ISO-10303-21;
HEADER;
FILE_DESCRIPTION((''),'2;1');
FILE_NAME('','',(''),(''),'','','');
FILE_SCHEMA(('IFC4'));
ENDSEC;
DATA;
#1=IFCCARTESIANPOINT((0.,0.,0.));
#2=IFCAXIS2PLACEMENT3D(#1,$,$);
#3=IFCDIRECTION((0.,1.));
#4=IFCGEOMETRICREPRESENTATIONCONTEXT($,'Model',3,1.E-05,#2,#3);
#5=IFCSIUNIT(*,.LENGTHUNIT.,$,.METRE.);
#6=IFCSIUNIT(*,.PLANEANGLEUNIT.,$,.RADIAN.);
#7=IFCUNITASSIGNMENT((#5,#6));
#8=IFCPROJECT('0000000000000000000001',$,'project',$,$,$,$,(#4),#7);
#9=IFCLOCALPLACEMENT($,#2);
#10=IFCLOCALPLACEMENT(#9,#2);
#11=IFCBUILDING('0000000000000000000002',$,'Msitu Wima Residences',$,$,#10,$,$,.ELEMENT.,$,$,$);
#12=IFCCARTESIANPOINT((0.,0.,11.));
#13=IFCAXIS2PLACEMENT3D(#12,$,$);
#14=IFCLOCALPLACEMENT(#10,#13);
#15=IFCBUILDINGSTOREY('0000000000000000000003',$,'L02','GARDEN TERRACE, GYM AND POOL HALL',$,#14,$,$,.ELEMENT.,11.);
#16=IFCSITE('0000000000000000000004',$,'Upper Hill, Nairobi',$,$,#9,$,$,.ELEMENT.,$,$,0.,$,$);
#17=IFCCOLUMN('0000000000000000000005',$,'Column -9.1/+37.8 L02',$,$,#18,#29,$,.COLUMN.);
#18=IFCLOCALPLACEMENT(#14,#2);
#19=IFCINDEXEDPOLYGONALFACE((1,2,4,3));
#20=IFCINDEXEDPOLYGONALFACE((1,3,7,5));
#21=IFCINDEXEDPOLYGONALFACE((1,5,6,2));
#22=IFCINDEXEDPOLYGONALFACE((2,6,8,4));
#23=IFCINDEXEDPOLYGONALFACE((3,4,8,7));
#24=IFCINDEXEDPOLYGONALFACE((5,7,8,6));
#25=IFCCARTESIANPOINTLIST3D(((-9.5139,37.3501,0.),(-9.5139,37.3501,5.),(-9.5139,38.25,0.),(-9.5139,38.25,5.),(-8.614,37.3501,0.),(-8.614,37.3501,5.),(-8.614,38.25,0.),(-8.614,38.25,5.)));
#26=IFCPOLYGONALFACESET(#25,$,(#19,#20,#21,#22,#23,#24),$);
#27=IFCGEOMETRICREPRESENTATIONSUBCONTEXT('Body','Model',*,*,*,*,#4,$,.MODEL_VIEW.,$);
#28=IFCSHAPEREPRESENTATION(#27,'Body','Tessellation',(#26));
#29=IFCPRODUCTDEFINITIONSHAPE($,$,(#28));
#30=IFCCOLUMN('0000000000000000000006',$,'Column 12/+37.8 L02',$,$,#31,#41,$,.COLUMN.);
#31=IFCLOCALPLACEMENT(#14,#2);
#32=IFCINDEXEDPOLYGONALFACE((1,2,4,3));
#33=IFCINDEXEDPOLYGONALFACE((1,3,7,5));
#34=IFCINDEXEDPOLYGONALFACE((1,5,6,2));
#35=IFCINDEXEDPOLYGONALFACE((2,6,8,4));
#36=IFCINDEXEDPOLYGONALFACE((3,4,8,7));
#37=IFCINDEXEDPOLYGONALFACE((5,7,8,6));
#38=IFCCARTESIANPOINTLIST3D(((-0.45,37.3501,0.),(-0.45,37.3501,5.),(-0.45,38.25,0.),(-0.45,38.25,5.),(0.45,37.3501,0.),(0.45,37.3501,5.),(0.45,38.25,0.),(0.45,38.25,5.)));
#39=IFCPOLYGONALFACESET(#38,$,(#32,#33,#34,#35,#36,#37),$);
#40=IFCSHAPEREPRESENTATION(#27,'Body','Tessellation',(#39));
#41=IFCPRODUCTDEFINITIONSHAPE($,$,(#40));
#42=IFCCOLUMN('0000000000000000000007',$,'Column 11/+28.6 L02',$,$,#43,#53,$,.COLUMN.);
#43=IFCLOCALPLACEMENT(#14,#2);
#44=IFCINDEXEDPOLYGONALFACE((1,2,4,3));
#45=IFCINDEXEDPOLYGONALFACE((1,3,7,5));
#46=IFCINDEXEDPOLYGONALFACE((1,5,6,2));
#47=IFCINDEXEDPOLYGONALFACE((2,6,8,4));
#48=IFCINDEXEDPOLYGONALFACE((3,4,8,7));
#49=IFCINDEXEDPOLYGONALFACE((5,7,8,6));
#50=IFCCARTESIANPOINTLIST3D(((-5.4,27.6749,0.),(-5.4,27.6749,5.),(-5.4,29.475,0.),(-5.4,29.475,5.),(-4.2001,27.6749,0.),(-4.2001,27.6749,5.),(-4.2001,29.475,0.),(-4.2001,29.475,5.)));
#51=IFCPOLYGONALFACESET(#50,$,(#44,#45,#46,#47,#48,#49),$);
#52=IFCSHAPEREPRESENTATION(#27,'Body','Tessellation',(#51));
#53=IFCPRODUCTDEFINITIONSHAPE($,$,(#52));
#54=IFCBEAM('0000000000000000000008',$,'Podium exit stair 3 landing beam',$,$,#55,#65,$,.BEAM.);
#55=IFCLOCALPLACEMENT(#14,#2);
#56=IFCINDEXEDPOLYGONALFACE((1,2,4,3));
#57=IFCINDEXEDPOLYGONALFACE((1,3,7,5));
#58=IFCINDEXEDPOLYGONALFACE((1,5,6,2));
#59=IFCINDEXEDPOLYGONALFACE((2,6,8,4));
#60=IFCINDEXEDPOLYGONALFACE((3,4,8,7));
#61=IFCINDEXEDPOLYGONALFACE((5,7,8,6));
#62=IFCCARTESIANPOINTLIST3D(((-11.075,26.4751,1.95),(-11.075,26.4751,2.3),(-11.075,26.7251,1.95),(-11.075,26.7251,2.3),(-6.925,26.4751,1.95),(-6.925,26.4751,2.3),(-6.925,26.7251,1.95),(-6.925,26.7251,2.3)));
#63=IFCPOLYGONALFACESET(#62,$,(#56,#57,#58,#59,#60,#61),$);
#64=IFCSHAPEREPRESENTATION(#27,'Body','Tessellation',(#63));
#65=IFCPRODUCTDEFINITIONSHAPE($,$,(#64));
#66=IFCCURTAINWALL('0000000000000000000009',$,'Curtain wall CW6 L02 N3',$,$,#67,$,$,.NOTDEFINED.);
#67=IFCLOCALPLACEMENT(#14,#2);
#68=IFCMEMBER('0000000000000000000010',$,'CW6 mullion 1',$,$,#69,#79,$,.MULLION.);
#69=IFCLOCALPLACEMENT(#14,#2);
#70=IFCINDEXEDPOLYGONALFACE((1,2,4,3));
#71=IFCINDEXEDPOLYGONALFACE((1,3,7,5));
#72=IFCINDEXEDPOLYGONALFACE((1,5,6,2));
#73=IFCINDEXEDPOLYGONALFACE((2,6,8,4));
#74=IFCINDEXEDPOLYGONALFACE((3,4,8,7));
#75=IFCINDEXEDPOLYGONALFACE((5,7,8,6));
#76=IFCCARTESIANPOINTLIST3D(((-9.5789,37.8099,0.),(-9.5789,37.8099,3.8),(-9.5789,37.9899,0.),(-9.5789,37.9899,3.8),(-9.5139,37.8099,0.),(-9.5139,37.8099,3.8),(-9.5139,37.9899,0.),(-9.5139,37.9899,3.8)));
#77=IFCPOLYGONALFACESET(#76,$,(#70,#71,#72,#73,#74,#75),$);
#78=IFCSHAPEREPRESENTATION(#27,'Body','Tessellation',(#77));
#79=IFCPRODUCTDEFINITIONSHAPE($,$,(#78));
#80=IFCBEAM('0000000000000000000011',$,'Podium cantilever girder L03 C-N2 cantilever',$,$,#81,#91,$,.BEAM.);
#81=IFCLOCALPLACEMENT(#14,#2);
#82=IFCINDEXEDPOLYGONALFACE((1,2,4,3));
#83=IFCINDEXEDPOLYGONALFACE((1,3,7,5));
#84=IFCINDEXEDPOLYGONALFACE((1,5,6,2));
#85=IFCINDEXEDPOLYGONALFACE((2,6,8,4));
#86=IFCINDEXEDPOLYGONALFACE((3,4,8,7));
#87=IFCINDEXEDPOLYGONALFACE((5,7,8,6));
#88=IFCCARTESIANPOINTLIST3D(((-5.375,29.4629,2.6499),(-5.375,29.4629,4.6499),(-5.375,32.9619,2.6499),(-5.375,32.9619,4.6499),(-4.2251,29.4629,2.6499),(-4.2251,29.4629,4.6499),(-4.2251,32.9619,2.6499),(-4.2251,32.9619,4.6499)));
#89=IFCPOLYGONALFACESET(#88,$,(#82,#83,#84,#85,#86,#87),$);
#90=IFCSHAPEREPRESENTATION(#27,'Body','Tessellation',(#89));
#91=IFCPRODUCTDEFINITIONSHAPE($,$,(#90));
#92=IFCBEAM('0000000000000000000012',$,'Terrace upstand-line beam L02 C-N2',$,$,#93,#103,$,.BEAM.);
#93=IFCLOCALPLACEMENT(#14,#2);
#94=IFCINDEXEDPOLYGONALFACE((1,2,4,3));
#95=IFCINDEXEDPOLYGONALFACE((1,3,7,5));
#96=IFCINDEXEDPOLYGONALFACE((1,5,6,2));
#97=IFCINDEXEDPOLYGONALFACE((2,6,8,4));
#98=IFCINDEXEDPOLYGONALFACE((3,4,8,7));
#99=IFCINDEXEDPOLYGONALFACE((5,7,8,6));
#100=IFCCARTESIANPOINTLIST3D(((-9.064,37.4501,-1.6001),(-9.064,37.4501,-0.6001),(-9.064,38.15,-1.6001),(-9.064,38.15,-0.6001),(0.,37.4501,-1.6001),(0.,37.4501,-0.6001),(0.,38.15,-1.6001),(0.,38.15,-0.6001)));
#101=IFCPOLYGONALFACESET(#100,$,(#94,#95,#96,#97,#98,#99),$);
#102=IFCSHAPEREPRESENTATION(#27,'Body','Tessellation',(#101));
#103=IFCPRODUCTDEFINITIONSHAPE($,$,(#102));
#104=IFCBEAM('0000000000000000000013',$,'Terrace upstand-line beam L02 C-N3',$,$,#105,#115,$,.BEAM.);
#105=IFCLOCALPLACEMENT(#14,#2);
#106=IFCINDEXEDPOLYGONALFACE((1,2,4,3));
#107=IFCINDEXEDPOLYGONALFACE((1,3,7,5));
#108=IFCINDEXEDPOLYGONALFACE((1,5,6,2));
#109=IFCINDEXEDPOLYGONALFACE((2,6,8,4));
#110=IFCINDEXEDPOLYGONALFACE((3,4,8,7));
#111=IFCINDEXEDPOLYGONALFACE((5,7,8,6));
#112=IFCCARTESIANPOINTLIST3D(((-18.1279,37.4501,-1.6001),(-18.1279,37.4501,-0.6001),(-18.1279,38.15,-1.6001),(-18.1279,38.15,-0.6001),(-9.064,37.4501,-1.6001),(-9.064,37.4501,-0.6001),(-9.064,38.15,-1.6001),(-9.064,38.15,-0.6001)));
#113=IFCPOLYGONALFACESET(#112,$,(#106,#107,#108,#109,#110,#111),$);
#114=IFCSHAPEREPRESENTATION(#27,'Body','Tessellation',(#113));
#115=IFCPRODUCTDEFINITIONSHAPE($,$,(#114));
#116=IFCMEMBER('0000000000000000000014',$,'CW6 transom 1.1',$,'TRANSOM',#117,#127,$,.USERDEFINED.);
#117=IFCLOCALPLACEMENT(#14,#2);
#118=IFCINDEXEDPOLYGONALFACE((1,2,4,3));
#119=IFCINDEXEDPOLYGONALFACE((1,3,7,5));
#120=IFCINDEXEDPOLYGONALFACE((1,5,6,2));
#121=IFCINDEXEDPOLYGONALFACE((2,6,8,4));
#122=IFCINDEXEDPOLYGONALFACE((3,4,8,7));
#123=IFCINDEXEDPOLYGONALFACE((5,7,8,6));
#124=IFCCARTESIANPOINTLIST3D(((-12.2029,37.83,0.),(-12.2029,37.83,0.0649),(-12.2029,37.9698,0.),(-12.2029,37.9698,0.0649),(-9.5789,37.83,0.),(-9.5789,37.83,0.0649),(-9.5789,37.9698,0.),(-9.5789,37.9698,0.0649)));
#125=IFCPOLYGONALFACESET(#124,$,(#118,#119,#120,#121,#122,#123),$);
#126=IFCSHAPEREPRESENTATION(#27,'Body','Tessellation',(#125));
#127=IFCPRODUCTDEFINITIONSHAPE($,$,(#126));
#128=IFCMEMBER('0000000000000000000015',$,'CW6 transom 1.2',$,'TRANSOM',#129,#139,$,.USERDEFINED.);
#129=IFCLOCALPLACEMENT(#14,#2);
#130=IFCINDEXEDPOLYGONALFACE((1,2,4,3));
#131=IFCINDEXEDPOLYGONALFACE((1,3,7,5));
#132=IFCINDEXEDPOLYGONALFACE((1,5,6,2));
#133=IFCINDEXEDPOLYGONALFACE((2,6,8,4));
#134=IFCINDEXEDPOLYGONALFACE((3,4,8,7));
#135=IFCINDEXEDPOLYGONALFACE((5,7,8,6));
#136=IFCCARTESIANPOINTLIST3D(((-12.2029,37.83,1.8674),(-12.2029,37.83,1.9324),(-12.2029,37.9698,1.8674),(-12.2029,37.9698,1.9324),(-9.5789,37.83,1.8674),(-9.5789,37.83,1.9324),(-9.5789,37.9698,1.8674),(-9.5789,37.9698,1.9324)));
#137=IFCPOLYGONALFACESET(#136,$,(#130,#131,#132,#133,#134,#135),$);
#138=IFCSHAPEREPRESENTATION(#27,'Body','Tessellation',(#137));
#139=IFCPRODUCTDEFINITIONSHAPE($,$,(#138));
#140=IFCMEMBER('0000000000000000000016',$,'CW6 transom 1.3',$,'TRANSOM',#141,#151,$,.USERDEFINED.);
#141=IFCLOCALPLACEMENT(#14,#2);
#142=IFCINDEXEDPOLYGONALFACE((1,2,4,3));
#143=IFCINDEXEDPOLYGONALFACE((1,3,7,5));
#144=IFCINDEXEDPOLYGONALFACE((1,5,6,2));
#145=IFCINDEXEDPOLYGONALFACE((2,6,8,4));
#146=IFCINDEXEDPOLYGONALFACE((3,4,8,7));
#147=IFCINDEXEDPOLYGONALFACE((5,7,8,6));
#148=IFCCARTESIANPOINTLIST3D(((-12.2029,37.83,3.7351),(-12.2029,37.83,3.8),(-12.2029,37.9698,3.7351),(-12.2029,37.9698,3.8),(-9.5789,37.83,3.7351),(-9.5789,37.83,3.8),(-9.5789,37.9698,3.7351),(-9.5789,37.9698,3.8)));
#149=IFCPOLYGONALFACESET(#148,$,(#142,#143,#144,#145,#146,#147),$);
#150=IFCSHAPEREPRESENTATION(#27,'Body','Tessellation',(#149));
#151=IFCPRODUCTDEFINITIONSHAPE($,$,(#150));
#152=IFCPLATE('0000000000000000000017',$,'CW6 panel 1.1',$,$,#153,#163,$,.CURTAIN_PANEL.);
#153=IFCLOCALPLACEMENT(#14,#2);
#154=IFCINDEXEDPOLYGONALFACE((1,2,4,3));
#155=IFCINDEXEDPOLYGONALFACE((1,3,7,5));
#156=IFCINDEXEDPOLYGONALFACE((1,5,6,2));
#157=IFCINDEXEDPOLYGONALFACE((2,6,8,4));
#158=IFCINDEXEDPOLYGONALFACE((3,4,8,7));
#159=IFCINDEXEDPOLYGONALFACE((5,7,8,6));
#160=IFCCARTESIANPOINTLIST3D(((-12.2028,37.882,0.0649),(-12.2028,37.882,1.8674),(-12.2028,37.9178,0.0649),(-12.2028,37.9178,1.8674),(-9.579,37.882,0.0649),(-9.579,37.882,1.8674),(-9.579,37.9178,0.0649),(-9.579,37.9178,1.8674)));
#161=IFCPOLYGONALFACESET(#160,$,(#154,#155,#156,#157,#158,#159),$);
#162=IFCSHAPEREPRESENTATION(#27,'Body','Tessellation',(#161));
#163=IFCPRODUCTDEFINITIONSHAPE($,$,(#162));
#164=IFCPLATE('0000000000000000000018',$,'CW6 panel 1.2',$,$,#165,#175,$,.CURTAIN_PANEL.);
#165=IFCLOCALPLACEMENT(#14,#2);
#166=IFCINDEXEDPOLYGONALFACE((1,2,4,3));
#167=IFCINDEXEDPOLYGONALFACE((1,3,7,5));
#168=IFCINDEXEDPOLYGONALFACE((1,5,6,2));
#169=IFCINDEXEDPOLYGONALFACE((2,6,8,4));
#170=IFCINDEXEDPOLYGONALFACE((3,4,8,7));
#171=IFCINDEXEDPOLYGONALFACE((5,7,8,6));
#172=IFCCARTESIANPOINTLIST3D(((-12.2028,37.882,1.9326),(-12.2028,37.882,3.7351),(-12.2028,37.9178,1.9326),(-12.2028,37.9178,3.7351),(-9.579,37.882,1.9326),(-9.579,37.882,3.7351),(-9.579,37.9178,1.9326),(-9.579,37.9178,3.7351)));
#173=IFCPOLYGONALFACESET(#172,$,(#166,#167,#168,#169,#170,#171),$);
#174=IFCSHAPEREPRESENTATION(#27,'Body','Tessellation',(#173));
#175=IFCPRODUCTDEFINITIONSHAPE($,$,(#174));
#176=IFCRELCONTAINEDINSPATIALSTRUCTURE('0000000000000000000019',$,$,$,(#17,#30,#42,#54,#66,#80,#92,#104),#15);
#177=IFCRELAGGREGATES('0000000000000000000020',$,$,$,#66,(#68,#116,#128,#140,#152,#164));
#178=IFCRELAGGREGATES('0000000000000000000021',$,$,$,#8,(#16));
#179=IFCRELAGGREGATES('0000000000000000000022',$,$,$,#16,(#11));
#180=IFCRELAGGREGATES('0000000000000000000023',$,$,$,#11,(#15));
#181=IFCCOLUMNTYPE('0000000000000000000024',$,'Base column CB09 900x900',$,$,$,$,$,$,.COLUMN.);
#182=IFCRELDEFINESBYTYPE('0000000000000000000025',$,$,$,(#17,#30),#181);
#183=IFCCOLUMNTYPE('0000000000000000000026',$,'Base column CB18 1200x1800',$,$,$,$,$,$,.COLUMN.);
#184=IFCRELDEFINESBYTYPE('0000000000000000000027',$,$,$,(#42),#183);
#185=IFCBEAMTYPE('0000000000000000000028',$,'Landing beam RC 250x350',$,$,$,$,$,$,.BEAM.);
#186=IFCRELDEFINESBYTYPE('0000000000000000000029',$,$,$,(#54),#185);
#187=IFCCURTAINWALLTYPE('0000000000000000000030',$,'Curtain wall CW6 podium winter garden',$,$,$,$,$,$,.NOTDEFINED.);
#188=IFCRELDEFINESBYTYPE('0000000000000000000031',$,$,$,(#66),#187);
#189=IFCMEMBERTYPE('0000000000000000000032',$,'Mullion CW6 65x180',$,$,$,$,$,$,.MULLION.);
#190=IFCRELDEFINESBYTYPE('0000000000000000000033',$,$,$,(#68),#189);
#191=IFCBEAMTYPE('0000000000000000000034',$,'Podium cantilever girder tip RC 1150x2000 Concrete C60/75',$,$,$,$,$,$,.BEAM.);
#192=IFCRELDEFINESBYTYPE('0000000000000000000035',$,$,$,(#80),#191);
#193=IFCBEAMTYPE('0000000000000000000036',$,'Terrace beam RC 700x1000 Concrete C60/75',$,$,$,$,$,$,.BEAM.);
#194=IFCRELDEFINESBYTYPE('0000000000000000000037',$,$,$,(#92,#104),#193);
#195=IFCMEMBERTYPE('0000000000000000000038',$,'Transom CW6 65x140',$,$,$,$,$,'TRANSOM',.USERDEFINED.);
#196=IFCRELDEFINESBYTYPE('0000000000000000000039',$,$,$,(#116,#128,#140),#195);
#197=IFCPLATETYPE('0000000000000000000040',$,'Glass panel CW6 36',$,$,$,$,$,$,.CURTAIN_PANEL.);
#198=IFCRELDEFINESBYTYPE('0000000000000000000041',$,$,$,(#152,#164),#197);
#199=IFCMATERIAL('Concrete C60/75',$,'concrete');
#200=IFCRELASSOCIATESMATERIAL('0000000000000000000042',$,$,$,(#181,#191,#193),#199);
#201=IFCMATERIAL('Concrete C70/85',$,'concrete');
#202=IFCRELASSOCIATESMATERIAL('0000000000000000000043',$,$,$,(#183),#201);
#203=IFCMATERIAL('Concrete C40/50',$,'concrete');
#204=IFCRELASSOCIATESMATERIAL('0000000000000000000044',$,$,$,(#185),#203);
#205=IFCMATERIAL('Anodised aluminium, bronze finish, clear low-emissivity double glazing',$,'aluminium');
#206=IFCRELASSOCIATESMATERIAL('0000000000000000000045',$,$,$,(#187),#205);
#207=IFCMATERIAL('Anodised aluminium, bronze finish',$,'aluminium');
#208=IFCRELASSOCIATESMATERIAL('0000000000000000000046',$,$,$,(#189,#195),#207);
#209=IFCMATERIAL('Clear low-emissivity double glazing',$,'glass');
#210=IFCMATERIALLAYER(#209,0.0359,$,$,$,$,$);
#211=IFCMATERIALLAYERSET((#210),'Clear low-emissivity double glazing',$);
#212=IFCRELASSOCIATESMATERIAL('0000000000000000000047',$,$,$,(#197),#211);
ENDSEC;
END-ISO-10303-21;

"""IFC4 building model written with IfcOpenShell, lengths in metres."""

from ifc_helpers import new_model, si_unit, direction, frame, origin, origin_2d, place, context, subcontext, project, spatial, rectangle, extrude, material, layer, layer_set, material_profile, profile_set, type_object, element, aggregate, save


model = new_model("IFC4")

# Units and contexts
model_context = context("Model", 3, precision=1e-05, world=origin(), true_north=direction((0.0, 1.0)))
body_context = subcontext(model_context, "Body", "Model", "MODEL_VIEW")
ifc_project = project(units=[si_unit("LENGTHUNIT", "METRE"), si_unit("PLANEANGLEUNIT", "RADIAN")], contexts=[model_context])

# Site, building, storey
site_placement = place(None, origin())
site = spatial("IfcSite", under=ifc_project, at=site_placement, Name="Upper Hill, Nairobi", CompositionType="ELEMENT", RefElevation=0.0)
building_placement = place(site_placement, origin())
building = spatial("IfcBuilding", under=site, at=building_placement, Name="Msitu Wima Residences", CompositionType="ELEMENT")
storey_placement = place(building_placement, frame((0.0, 0.0, 11.0)))
storey = spatial("IfcBuildingStorey", under=building, at=storey_placement, Name="L02", Description="GARDEN TERRACE, GYM AND POOL HALL", CompositionType="ELEMENT", Elevation=11.0)

# Columns
ifc_material_1 = material(Name="Concrete C60/75", Category="concrete")
ifc_material_profile_1 = material_profile(ifc_material_1, rectangle(XDim=0.8999, YDim=0.8999, at=origin_2d()), Name="RC 900x900")
ifc_profile_set_1 = profile_set([ifc_material_profile_1], Name="Concrete C60/75")
column_type_1 = type_object("IfcColumnType", Name="Base column CB09 900x900", PredefinedType="COLUMN", material=ifc_profile_set_1)
for number, where, z_axis, x_axis, name in (
    (1, (-9.064, 37.8, 0.0), (0.0, 0.0, 1.0), (1.0, 0.0, 0.0), "Column -9.1/+37.8 L02"),
    (2, (0.0, 37.8, 0.0), (0.0, 0.0, 1.0), (1.0, 0.0, 0.0), "Column 12/+37.8 L02"),
):
    element("IfcColumn", number, at=place(storey_placement, frame(where, z_axis=z_axis, x_axis=x_axis)), inside=storey, type_object=column_type_1, Name=name, PredefinedType="COLUMN", context=body_context, shape_type="SweptSolid", body=[
        extrude(rectangle(XDim=0.8999, YDim=0.8999, at=origin_2d()), origin(), (0.0, 0.0, 1.0), 5.0),
    ])
ifc_material_2 = material(Name="Concrete C70/85", Category="concrete")
ifc_material_profile_2 = material_profile(ifc_material_2, rectangle(XDim=1.2, YDim=1.8, at=origin_2d()), Name="RC 1200x1800")
ifc_profile_set_2 = profile_set([ifc_material_profile_2], Name="Concrete C70/85")
column_type_2 = type_object("IfcColumnType", Name="Base column CB18 1200x1800", PredefinedType="COLUMN", material=ifc_profile_set_2)
column_placement = place(storey_placement, frame((-4.8, 28.575, 0.0), z_axis=(0.0, 0.0, 1.0), x_axis=(-1.0, 0.0, 0.0)))
element("IfcColumn", 3, at=column_placement, inside=storey, type_object=column_type_2, Name="Column 11/+28.6 L02", PredefinedType="COLUMN", context=body_context, shape_type="SweptSolid", body=[
    extrude(rectangle(XDim=1.2, YDim=1.8, at=origin_2d()), origin(), (0.0, 0.0, 1.0), 5.0),
])

# Beam
ifc_material_3 = material(Name="Concrete C40/50", Category="concrete")
ifc_material_profile_3 = material_profile(ifc_material_3, rectangle(XDim=0.25, YDim=0.3501, at=origin_2d()), Name="RC 250x350")
ifc_profile_set_3 = profile_set([ifc_material_profile_3], Name="Concrete C40/50")
beam_type_1 = type_object("IfcBeamType", Name="Landing beam RC 250x350", PredefinedType="BEAM", material=ifc_profile_set_3)
beam_1_placement = place(storey_placement, frame((-6.925, 26.6001, 2.125), z_axis=(-1.0, 0.0, 0.0), x_axis=(0.0, -1.0, 0.0)))
element("IfcBeam", 4, at=beam_1_placement, inside=storey, type_object=beam_type_1, Name="Podium exit stair 3 landing beam", PredefinedType="BEAM", context=body_context, shape_type="SweptSolid", body=[
    extrude(rectangle(XDim=0.25, YDim=0.3501, at=origin_2d()), origin(), (0.0, 0.0, 1.0), 4.1499),
])

# Curtain wall, member
ifc_material_4 = material(Name="Anodised aluminium, bronze finish, clear low-emissivity double glazing", Category="aluminium")
curtain_wall_type = type_object("IfcCurtainWallType", Name="Curtain wall CW6 podium winter garden", PredefinedType="NOTDEFINED", material=ifc_material_4)
curtain_wall_placement = place(storey_placement, origin())
curtain_wall = element("IfcCurtainWall", 5, at=curtain_wall_placement, inside=storey, type_object=curtain_wall_type, Name="Curtain wall CW6 L02 N3", PredefinedType="NOTDEFINED")
ifc_material_5 = material(Name="Anodised aluminium, bronze finish", Category="aluminium")
ifc_material_profile_4 = material_profile(ifc_material_5, rectangle(XDim=0.1799, YDim=0.0649, at=origin_2d()), Name="Mullion 65x180")
ifc_profile_set_4 = profile_set([ifc_material_profile_4], Name="Anodised aluminium, bronze finish")
member_type_1 = type_object("IfcMemberType", Name="Mullion CW6 65x180", PredefinedType="MULLION", material=ifc_profile_set_4)
member_1_placement = place(storey_placement, frame((-9.5464, 37.8999, 0.0), z_axis=(0.0, 0.0, 1.0), x_axis=(0.0, -1.0, 0.0)))
member_1 = element("IfcMember", 6, at=member_1_placement, type_object=member_type_1, Name="CW6 mullion 1", PredefinedType="MULLION", context=body_context, shape_type="SweptSolid", body=[
    extrude(rectangle(XDim=0.1799, YDim=0.0649, at=origin_2d()), origin(), (0.0, 0.0, 1.0), 3.8),
])

# Beams
ifc_material_profile_5 = material_profile(ifc_material_1, rectangle(XDim=1.1499, YDim=2.0, at=origin_2d()), Name="RC 1150x2000")
ifc_profile_set_5 = profile_set([ifc_material_profile_5], Name="Concrete C60/75")
beam_type_2 = type_object("IfcBeamType", Name="Podium cantilever girder tip RC 1150x2000 Concrete C60/75", PredefinedType="BEAM", material=ifc_profile_set_5)
beam_2_placement = place(storey_placement, frame((-4.8, 29.4629, 3.6499), z_axis=(0.0, 1.0, 0.0), x_axis=(-1.0, 0.0, 0.0)))
element("IfcBeam", 7, at=beam_2_placement, inside=storey, type_object=beam_type_2, Name="Podium cantilever girder L03 C-N2 cantilever", PredefinedType="BEAM", context=body_context, shape_type="SweptSolid", body=[
    extrude(rectangle(XDim=1.1499, YDim=2.0, at=origin_2d()), origin(), (0.0, 0.0, 1.0), 3.499),
])
ifc_material_profile_6 = material_profile(ifc_material_1, rectangle(XDim=0.7, YDim=1.0, at=origin_2d()), Name="RC 700x1000")
ifc_profile_set_6 = profile_set([ifc_material_profile_6], Name="Concrete C60/75")
beam_type_3 = type_object("IfcBeamType", Name="Terrace beam RC 700x1000 Concrete C60/75", PredefinedType="BEAM", material=ifc_profile_set_6)
for number, where, z_axis, x_axis, name in (
    (8, (0.0, 37.8, -1.1001), (-1.0, 0.0, 0.0), (0.0, -1.0, 0.0), "Terrace upstand-line beam L02 C-N2"),
    (9, (-9.064, 37.8, -1.1001), (-1.0, 0.0, 0.0), (0.0, -1.0, 0.0), "Terrace upstand-line beam L02 C-N3"),
):
    element("IfcBeam", number, at=place(storey_placement, frame(where, z_axis=z_axis, x_axis=x_axis)), inside=storey, type_object=beam_type_3, Name=name, PredefinedType="BEAM", context=body_context, shape_type="SweptSolid", body=[
        extrude(rectangle(XDim=0.7, YDim=1.0, at=origin_2d()), origin(), (0.0, 0.0, 1.0), 9.064),
    ])

# Members
ifc_material_profile_7 = material_profile(ifc_material_5, rectangle(XDim=0.1399, YDim=0.0649, at=origin_2d()), Name="Transom 65x140")
ifc_profile_set_7 = profile_set([ifc_material_profile_7], Name="Anodised aluminium, bronze finish")
member_type_2 = type_object("IfcMemberType", Name="Transom CW6 65x140", ElementType="TRANSOM", PredefinedType="USERDEFINED", material=ifc_profile_set_7)
member_2_placement = place(storey_placement, frame((-9.5789, 37.8999, 0.0325), z_axis=(-1.0, 0.0, 0.0), x_axis=(0.0, -1.0, 0.0)))
member_2 = element("IfcMember", 10, at=member_2_placement, type_object=member_type_2, Name="CW6 transom 1.1", ObjectType="TRANSOM", PredefinedType="USERDEFINED", context=body_context, shape_type="SweptSolid", body=[
    extrude(rectangle(XDim=0.1399, YDim=0.0649, at=origin_2d()), origin(), (0.0, 0.0, 1.0), 2.624),
])
member_3_placement = place(storey_placement, frame((-9.5789, 37.8999, 1.8999), z_axis=(-1.0, 0.0, 0.0), x_axis=(0.0, -1.0, 0.0)))
member_3 = element("IfcMember", 11, at=member_3_placement, type_object=member_type_2, Name="CW6 transom 1.2", ObjectType="TRANSOM", PredefinedType="USERDEFINED", context=body_context, shape_type="SweptSolid", body=[
    extrude(rectangle(XDim=0.1399, YDim=0.0649, at=origin_2d()), origin(), (0.0, 0.0, 1.0), 2.624),
])
member_4_placement = place(storey_placement, frame((-9.5789, 37.8999, 3.7676), z_axis=(-1.0, 0.0, 0.0), x_axis=(0.0, -1.0, 0.0)))
member_4 = element("IfcMember", 12, at=member_4_placement, type_object=member_type_2, Name="CW6 transom 1.3", ObjectType="TRANSOM", PredefinedType="USERDEFINED", context=body_context, shape_type="SweptSolid", body=[
    extrude(rectangle(XDim=0.1399, YDim=0.0649, at=origin_2d()), origin(), (0.0, 0.0, 1.0), 2.624),
])

# Plates
ifc_material_6 = material(Name="Clear low-emissivity double glazing", Category="glass")
ifc_layer_1 = layer(ifc_material_6, 0.0359)
ifc_layer_set_1 = layer_set([ifc_layer_1], Name="Clear low-emissivity double glazing")
plate_type = type_object("IfcPlateType", Name="Glass panel CW6 36", PredefinedType="CURTAIN_PANEL", material=ifc_layer_set_1)
plate_1_placement = place(storey_placement, frame((-10.8909, 37.8999, 0.0649), z_axis=(0.0, 0.0, 1.0), x_axis=(-1.0, 0.0, 0.0)))
plate_1 = element("IfcPlate", 13, at=plate_1_placement, type_object=plate_type, Name="CW6 panel 1.1", PredefinedType="CURTAIN_PANEL", context=body_context, shape_type="SweptSolid", body=[
    extrude(rectangle(XDim=2.6238, YDim=0.0359, at=origin_2d()), origin(), (0.0, 0.0, 1.0), 1.8025),
])
plate_2_placement = place(storey_placement, frame((-10.8909, 37.8999, 1.9326), z_axis=(0.0, 0.0, 1.0), x_axis=(-1.0, 0.0, 0.0)))
plate_2 = element("IfcPlate", 14, at=plate_2_placement, type_object=plate_type, Name="CW6 panel 1.2", PredefinedType="CURTAIN_PANEL", context=body_context, shape_type="SweptSolid", body=[
    extrude(rectangle(XDim=2.6238, YDim=0.0359, at=origin_2d()), origin(), (0.0, 0.0, 1.0), 1.8025),
])
aggregate(curtain_wall, [member_1, member_2, member_3, member_4, plate_1, plate_2])

save(model, "model.ifc")
